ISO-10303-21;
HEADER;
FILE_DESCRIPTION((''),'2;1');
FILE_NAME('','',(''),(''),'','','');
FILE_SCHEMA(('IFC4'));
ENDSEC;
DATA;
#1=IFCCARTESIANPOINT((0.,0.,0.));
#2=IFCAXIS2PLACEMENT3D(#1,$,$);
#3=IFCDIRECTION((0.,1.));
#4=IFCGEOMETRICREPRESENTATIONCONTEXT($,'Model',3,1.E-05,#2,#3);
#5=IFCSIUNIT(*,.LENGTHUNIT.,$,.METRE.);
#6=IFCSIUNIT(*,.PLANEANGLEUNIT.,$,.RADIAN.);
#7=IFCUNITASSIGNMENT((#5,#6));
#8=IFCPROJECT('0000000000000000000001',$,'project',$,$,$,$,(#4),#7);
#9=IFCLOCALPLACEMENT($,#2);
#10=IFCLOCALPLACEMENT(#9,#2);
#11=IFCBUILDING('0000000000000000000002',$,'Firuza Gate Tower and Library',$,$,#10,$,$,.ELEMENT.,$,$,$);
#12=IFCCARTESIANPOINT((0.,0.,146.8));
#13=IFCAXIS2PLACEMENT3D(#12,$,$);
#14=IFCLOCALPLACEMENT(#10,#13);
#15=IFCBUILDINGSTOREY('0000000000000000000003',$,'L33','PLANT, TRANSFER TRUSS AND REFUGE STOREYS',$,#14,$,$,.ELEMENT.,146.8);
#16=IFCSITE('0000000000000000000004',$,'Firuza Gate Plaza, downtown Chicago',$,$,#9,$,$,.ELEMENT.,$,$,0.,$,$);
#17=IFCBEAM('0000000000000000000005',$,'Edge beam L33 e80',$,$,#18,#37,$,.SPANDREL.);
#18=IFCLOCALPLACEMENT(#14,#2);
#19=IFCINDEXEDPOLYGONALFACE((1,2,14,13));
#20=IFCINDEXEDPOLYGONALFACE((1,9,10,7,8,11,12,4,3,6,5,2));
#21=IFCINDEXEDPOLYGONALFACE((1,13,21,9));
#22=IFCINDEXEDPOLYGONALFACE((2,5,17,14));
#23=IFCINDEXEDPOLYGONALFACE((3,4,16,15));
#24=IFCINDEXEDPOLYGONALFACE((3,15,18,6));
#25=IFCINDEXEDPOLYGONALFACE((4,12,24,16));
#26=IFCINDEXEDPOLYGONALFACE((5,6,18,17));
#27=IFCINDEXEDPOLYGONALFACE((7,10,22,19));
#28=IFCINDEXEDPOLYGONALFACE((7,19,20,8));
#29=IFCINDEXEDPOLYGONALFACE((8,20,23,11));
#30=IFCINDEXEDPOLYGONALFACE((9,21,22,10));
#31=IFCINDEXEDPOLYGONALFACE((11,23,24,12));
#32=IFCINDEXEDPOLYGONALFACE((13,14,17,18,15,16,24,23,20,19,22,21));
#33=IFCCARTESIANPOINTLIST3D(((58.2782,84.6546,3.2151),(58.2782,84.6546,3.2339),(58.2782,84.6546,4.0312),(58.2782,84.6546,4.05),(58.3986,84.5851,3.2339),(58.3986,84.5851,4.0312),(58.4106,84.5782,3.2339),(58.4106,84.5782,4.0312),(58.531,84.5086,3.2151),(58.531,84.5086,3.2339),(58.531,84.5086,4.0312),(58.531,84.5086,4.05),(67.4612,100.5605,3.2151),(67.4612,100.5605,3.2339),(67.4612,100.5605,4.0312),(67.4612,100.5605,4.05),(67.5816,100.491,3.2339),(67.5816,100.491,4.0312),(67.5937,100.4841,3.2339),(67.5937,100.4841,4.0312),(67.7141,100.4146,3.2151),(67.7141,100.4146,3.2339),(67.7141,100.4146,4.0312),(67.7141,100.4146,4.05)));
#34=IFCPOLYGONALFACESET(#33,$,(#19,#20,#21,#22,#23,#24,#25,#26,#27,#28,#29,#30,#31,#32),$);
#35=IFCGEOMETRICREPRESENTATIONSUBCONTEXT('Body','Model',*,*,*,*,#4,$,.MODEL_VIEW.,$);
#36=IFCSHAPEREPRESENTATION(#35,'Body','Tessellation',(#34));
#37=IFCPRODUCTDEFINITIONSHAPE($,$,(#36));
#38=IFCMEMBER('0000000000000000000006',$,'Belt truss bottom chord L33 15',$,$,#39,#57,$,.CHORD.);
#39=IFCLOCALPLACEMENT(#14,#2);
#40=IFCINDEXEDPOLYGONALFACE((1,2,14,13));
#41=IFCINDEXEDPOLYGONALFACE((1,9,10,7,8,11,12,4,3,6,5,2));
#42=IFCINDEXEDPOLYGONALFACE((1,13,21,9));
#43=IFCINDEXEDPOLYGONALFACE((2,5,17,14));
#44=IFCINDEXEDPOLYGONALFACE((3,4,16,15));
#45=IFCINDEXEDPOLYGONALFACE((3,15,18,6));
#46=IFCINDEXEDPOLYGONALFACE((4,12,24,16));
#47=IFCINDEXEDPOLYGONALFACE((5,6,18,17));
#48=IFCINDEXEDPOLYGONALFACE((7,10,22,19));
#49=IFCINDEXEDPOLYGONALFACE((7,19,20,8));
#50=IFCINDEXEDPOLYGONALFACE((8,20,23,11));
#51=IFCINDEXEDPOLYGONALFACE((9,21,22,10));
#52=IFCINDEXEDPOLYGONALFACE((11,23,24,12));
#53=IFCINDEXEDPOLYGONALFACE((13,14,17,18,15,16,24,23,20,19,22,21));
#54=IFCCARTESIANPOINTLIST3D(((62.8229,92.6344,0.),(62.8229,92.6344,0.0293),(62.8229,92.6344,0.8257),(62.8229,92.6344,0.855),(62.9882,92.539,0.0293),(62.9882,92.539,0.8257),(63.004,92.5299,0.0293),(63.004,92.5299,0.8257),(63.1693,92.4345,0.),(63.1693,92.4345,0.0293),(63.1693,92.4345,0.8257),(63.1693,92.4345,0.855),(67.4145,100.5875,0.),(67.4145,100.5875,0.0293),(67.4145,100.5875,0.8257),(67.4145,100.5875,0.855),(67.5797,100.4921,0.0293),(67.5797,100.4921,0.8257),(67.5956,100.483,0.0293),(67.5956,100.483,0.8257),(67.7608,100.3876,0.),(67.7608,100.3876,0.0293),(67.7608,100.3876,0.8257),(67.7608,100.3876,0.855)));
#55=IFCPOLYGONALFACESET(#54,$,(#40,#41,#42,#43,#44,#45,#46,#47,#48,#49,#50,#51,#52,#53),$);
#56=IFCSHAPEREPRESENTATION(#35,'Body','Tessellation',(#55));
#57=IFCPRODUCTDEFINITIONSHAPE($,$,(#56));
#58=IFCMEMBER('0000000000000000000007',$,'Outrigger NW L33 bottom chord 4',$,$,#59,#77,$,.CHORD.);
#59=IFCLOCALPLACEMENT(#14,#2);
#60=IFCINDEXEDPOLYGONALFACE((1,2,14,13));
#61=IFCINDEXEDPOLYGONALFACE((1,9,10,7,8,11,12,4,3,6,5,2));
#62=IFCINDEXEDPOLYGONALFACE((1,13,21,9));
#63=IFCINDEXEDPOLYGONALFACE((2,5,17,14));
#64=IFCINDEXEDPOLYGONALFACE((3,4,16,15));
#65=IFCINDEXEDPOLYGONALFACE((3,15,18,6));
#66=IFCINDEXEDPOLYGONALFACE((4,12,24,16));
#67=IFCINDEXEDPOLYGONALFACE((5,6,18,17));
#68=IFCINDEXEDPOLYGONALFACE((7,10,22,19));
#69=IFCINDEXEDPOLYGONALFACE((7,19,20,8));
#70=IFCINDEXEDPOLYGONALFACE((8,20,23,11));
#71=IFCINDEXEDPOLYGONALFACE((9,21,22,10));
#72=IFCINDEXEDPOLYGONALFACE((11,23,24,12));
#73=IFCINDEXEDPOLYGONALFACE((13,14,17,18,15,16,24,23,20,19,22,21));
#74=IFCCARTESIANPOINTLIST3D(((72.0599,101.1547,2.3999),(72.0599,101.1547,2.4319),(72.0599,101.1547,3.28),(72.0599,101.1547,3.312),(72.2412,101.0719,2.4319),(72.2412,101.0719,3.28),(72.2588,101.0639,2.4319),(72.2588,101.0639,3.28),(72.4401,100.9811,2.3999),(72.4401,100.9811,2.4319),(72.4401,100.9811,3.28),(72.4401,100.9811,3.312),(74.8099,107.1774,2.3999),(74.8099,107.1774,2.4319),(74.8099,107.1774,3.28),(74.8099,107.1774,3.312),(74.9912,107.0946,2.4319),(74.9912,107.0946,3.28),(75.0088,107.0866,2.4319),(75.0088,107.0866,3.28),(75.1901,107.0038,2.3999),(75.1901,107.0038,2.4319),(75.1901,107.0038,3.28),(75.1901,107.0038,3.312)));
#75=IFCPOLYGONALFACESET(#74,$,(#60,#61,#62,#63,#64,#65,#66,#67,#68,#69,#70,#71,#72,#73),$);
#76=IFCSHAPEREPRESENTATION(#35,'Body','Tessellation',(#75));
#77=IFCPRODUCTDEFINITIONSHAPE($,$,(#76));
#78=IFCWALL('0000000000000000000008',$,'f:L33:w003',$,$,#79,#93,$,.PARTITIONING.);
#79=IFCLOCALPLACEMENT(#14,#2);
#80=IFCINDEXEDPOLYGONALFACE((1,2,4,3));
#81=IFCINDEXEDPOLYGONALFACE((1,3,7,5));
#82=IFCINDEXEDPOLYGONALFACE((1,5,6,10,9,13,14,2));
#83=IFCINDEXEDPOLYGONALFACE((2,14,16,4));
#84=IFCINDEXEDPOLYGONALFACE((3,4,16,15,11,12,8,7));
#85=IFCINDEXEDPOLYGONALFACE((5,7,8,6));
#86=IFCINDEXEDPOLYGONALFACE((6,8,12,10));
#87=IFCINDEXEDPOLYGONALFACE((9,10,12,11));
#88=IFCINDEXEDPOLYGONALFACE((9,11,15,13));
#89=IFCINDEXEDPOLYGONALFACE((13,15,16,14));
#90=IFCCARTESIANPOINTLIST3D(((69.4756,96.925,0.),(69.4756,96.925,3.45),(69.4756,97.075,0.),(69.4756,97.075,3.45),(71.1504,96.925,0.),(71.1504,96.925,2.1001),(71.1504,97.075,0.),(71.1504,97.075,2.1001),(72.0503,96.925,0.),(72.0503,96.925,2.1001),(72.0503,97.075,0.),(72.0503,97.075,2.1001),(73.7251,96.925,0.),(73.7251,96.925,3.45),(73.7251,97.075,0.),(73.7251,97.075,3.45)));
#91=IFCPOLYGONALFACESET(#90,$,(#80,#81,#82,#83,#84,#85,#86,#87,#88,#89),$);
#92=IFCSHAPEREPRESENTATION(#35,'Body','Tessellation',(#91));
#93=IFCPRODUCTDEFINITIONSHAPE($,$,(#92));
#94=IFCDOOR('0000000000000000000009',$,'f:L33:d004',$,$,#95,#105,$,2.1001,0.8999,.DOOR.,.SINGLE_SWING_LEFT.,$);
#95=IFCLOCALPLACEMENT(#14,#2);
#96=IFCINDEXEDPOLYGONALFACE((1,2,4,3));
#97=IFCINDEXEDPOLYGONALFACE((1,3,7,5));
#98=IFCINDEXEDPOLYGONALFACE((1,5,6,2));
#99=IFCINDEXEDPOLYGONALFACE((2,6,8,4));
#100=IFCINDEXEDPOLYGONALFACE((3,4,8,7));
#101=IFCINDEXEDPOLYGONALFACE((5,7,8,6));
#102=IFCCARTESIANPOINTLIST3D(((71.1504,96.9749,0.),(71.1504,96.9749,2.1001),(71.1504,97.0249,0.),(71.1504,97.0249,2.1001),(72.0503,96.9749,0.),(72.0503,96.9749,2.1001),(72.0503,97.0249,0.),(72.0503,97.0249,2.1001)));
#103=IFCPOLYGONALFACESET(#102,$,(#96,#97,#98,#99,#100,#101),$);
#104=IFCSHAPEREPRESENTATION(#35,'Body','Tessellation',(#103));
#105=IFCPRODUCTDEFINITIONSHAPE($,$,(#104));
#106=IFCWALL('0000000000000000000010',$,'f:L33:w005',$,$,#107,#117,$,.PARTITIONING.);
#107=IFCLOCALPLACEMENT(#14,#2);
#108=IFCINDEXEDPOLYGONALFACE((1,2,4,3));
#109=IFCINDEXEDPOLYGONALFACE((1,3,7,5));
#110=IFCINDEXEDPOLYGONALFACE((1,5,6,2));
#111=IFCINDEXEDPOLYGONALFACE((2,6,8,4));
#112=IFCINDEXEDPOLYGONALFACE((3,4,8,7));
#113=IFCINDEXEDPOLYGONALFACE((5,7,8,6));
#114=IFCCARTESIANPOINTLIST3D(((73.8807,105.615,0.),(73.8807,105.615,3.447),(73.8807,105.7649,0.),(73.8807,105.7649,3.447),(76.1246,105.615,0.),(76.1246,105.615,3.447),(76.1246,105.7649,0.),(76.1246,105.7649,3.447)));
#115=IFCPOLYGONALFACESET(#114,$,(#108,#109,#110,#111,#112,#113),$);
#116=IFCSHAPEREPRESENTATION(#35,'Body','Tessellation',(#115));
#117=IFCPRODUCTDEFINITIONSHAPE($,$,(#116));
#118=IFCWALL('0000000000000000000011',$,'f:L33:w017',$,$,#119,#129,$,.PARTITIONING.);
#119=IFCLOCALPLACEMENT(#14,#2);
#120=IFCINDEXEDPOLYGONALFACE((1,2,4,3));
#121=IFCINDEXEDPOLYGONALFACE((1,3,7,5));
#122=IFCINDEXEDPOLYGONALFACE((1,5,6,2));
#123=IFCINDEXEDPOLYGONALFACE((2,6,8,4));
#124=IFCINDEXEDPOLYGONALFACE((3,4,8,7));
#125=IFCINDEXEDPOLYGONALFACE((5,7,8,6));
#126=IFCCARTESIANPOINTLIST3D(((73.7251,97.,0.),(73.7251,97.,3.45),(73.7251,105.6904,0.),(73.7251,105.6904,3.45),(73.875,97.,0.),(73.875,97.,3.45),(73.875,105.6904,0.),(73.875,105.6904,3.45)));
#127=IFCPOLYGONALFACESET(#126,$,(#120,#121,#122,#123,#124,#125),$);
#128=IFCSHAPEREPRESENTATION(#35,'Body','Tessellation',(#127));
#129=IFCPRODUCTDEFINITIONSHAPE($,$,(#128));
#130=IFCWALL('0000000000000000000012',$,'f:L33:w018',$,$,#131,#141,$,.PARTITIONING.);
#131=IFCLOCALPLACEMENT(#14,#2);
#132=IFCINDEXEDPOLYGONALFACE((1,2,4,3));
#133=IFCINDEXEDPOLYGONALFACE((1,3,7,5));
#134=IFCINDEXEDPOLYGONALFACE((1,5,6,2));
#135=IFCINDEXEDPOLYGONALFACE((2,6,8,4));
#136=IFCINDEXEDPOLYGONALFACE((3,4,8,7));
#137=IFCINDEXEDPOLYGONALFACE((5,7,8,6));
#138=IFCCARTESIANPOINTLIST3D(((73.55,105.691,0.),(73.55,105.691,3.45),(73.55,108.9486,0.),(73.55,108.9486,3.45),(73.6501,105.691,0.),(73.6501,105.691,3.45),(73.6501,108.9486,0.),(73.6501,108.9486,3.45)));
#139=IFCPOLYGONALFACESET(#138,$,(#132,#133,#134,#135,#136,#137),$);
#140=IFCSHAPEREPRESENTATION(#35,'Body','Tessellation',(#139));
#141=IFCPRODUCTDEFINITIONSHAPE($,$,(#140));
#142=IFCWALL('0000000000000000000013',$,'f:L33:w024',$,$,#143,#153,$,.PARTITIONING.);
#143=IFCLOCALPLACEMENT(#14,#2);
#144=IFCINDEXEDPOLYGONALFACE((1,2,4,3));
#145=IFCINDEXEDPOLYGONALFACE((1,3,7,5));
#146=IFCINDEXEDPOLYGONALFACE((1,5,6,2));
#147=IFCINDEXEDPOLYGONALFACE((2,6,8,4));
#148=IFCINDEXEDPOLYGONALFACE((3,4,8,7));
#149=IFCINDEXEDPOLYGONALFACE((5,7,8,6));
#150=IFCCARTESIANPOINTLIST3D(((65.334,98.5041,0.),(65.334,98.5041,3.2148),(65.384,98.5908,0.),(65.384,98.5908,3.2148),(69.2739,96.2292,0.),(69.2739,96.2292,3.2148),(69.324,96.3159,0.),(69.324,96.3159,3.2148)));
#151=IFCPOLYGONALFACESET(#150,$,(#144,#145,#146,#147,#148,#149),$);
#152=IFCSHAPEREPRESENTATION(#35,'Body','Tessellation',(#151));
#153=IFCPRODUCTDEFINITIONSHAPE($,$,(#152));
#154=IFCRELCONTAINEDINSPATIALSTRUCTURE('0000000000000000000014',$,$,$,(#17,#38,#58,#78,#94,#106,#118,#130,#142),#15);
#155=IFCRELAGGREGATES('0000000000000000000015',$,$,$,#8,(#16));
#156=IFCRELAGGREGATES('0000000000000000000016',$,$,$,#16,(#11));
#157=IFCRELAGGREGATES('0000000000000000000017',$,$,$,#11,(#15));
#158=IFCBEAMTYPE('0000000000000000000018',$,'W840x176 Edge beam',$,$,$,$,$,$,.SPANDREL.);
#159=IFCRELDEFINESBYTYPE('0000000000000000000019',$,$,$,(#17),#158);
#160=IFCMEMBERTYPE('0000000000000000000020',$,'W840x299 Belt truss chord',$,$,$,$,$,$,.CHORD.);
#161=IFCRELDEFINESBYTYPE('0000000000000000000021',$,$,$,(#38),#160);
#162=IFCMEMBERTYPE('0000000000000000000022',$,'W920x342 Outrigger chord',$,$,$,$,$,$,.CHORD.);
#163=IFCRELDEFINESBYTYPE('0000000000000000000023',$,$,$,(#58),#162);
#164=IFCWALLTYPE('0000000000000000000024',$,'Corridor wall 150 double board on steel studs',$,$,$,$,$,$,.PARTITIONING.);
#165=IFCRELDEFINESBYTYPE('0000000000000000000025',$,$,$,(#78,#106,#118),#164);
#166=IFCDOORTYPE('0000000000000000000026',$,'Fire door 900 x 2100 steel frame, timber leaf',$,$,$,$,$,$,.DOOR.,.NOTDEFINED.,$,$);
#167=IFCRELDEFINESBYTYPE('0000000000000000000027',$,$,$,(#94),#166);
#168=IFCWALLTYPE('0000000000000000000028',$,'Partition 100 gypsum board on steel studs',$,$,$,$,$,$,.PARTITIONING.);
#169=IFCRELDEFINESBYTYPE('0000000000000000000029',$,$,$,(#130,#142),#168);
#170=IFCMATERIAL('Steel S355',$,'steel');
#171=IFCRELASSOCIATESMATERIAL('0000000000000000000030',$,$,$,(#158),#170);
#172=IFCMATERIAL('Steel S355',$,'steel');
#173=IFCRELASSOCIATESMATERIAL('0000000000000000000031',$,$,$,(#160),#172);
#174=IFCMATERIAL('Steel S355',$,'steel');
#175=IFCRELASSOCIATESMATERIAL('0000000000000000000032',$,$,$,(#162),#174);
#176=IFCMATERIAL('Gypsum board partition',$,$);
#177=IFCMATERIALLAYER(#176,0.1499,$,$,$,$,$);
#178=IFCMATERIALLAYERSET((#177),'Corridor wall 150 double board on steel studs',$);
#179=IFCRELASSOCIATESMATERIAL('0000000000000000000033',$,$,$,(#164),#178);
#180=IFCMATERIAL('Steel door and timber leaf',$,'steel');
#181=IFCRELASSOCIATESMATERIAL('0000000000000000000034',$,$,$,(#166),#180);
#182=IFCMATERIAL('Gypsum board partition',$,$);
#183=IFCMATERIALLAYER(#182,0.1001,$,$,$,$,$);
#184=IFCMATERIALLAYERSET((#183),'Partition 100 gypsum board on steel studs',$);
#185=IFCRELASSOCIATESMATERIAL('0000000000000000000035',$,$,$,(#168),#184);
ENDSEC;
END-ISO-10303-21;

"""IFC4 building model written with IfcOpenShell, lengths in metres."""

from ifc_helpers import new_model, si_unit, direction, frame, frame_2d, origin, origin_2d, place, context, subcontext, project, spatial, rectangle, i_section, extrude, material, layer, layer_set, material_profile, profile_set, type_object, element, fill, save


model = new_model("IFC4")

# Units and contexts
model_context = context("Model", 3, precision=1e-05, world=origin(), true_north=direction((0.0, 1.0)))
body_context = subcontext(model_context, "Body", "Model", "MODEL_VIEW")
ifc_project = project(units=[si_unit("LENGTHUNIT", "METRE"), si_unit("PLANEANGLEUNIT", "RADIAN")], contexts=[model_context])

# Site, building, storey
site_placement = place(None, origin())
site = spatial("IfcSite", under=ifc_project, at=site_placement, Name="Firuza Gate Plaza, downtown Chicago", CompositionType="ELEMENT", RefElevation=0.0)
building_placement = place(site_placement, origin())
building = spatial("IfcBuilding", under=site, at=building_placement, Name="Firuza Gate Tower and Library", CompositionType="ELEMENT")
storey_placement = place(building_placement, frame((0.0, 0.0, 146.8)))
storey = spatial("IfcBuildingStorey", under=building, at=storey_placement, Name="L33", Description="PLANT, TRANSFER TRUSS AND REFUGE STOREYS", CompositionType="ELEMENT", Elevation=146.8)

# Beam
ifc_material_1 = material(Name="Steel S355", Category="steel")
ifc_material_profile_1 = material_profile(ifc_material_1, i_section(OverallWidth=0.292, OverallDepth=0.835, WebThickness=0.0139, FlangeThickness=0.0188, at=origin_2d()))
ifc_profile_set_1 = profile_set([ifc_material_profile_1], Name="Steel S355")
beam_type_1 = type_object("IfcBeamType", Name="W840x176 Edge beam", PredefinedType="SPANDREL", material=ifc_profile_set_1)
beam_1_placement = place(storey_placement, frame((67.5876, 100.4875, 3.6326), z_axis=(-0.499991, -0.866031, 0.0), x_axis=(0.866031, -0.499991, 0.0)))
element("IfcBeam", 1, at=beam_1_placement, inside=storey, type_object=beam_type_1, Name="Edge beam L33 e80", PredefinedType="SPANDREL", context=body_context, shape_type="SweptSolid", body=[
    extrude(i_section(OverallWidth=0.292, OverallDepth=0.835, WebThickness=0.0139, FlangeThickness=0.0188, at=origin_2d()), origin(), (0.0, 0.0, 1.0), 18.3665),
])

# Members
ifc_material_2 = material(Name="Steel S355", Category="steel")
ifc_material_profile_2 = material_profile(ifc_material_2, i_section(OverallWidth=0.3999, OverallDepth=0.855, WebThickness=0.0183, FlangeThickness=0.0293, at=origin_2d()))
ifc_profile_set_2 = profile_set([ifc_material_profile_2], Name="Steel S355")
member_type_1 = type_object("IfcMemberType", Name="W840x299 Belt truss chord", PredefinedType="CHORD", material=ifc_profile_set_2)
member_1_placement = place(storey_placement, frame((67.5876, 100.4875, 0.4275), z_axis=(-0.499985, -0.866034, 0.0), x_axis=(0.866034, -0.499985, 0.0)))
element("IfcMember", 2, at=member_1_placement, inside=storey, type_object=member_type_1, Name="Belt truss bottom chord L33 15", PredefinedType="CHORD", context=body_context, shape_type="SweptSolid", body=[
    extrude(i_section(OverallWidth=0.3999, OverallDepth=0.855, WebThickness=0.0183, FlangeThickness=0.0293, at=origin_2d()), origin(), (0.0, 0.0, 1.0), 9.1833),
])
ifc_material_3 = material(Name="Steel S355", Category="steel")
ifc_material_profile_3 = material_profile(ifc_material_3, i_section(OverallWidth=0.418, OverallDepth=0.9121, WebThickness=0.0193, FlangeThickness=0.032, at=origin_2d()))
ifc_profile_set_3 = profile_set([ifc_material_profile_3], Name="Steel S355")
member_type_2 = type_object("IfcMemberType", Name="W920x342 Outrigger chord", PredefinedType="CHORD", material=ifc_profile_set_3)
member_2_placement = place(storey_placement, frame((72.25, 101.0679, 2.856), z_axis=(0.415355, 0.909659, 0.0), x_axis=(-0.909659, 0.415355, 0.0)))
element("IfcMember", 3, at=member_2_placement, inside=storey, type_object=member_type_2, Name="Outrigger NW L33 bottom chord 4", PredefinedType="CHORD", context=body_context, shape_type="SweptSolid", body=[
    extrude(i_section(OverallWidth=0.418, OverallDepth=0.9121, WebThickness=0.0193, FlangeThickness=0.032, at=origin_2d()), origin(), (0.0, 0.0, 1.0), 6.6208),
])

# Wall, opening, door
ifc_material_4 = material(Name="Gypsum board partition")
ifc_layer_1 = layer(ifc_material_4, 0.1499)
ifc_layer_set_1 = layer_set([ifc_layer_1], Name="Corridor wall 150 double board on steel studs")
wall_type_1 = type_object("IfcWallType", Name="Corridor wall 150 double board on steel studs", PredefinedType="PARTITIONING", material=ifc_layer_set_1)
wall_1_placement = place(storey_placement, frame((69.4756, 97.0, 0.0), z_axis=(0.0, 0.0, 1.0), x_axis=(1.0, 0.0, 0.0)))
wall_1 = element("IfcWall", 4, at=wall_1_placement, inside=storey, type_object=wall_type_1, Name="f:L33:w003", PredefinedType="PARTITIONING", context=body_context, shape_type="SweptSolid", body=[
    extrude(rectangle(XDim=4.2495, YDim=0.1499, at=frame_2d((2.1248, 0.0))), origin(), (0.0, 0.0, 1.0), 3.45),
])
opening_1_placement = place(wall_1_placement, frame((1.6748, 0.0, 0.0)))
opening_1 = element("IfcOpeningElement", 5, at=opening_1_placement, cuts=wall_1, PredefinedType="OPENING", context=body_context, shape_type="SweptSolid", body=[
    extrude(rectangle(XDim=0.8999, YDim=2.1001, at=frame_2d((0.45, 1.05))), frame((0.0, 0.085, 0.0), z_axis=(0.0, -1.0, 0.0), x_axis=(1.0, 0.0, 0.0)), (0.0, 0.0, 1.0), 0.1699),
])
ifc_material_5 = material(Name="Steel door and timber leaf", Category="steel")
door_type = type_object("IfcDoorType", Name="Fire door 900 x 2100 steel frame, timber leaf", OperationType="NOTDEFINED", PredefinedType="DOOR", material=ifc_material_5)
door_placement = place(opening_1_placement, origin())
door = element("IfcDoor", 6, at=door_placement, inside=storey, type_object=door_type, Name="f:L33:d004", OperationType="SINGLE_SWING_LEFT", OverallHeight=2.1001, OverallWidth=0.8999, PredefinedType="DOOR", context=body_context, shape_type="SweptSolid", body=[
    extrude(rectangle(XDim=0.8999, YDim=2.1001, at=frame_2d((0.45, 1.05))), frame((0.0, 0.0249, 0.0), z_axis=(0.0, -1.0, 0.0), x_axis=(1.0, 0.0, 0.0)), (0.0, 0.0, 1.0), 0.05),
])
fill(opening_1, door)

# Walls
wall_2_placement = place(storey_placement, frame((73.8806, 105.6899, 0.0), z_axis=(0.0, 0.0, 1.0), x_axis=(1.0, 0.0, 0.0)))
element("IfcWall", 7, at=wall_2_placement, inside=storey, type_object=wall_type_1, Name="f:L33:w005", PredefinedType="PARTITIONING", context=body_context, shape_type="SweptSolid", body=[
    extrude(rectangle(XDim=2.2439, YDim=0.1499, at=frame_2d((1.1221, 0.0))), origin(), (0.0, 0.0, 1.0), 3.447),
])
wall_3_placement = place(storey_placement, frame((73.8, 97.0, 0.0), z_axis=(0.0, 0.0, 1.0), x_axis=(0.0, 1.0, 0.0)))
element("IfcWall", 8, at=wall_3_placement, inside=storey, type_object=wall_type_1, Name="f:L33:w017", PredefinedType="PARTITIONING", context=body_context, shape_type="SweptSolid", body=[
    extrude(rectangle(XDim=8.6904, YDim=0.1499, at=frame_2d((4.3452, 0.0))), origin(), (0.0, 0.0, 1.0), 3.45),
])
ifc_material_6 = material(Name="Gypsum board partition")
ifc_layer_2 = layer(ifc_material_6, 0.1001)
ifc_layer_set_2 = layer_set([ifc_layer_2], Name="Partition 100 gypsum board on steel studs")
wall_type_2 = type_object("IfcWallType", Name="Partition 100 gypsum board on steel studs", PredefinedType="PARTITIONING", material=ifc_layer_set_2)
wall_4_placement = place(storey_placement, frame((73.6001, 105.6909, 0.0), z_axis=(0.0, 0.0, 1.0), x_axis=(0.0, 1.0, 0.0)))
element("IfcWall", 9, at=wall_4_placement, inside=storey, type_object=wall_type_2, Name="f:L33:w018", PredefinedType="PARTITIONING", context=body_context, shape_type="SweptSolid", body=[
    extrude(rectangle(XDim=3.2576, YDim=0.1001, at=frame_2d((1.6289, 0.0))), origin(), (0.0, 0.0, 1.0), 3.45),
])
wall_5_placement = place(storey_placement, frame((69.2991, 96.2725, 0.0), z_axis=(0.0, 0.0, 1.0), x_axis=(-0.866009, 0.500029, 0.0)))
element("IfcWall", 10, at=wall_5_placement, inside=storey, type_object=wall_type_2, Name="f:L33:w024", PredefinedType="PARTITIONING", context=body_context, shape_type="SweptSolid", body=[
    extrude(rectangle(XDim=4.5496, YDim=0.1001, at=frame_2d((2.2749, 0.0))), origin(), (0.0, 0.0, 1.0), 3.2148),
])

save(model, "model.ifc")
